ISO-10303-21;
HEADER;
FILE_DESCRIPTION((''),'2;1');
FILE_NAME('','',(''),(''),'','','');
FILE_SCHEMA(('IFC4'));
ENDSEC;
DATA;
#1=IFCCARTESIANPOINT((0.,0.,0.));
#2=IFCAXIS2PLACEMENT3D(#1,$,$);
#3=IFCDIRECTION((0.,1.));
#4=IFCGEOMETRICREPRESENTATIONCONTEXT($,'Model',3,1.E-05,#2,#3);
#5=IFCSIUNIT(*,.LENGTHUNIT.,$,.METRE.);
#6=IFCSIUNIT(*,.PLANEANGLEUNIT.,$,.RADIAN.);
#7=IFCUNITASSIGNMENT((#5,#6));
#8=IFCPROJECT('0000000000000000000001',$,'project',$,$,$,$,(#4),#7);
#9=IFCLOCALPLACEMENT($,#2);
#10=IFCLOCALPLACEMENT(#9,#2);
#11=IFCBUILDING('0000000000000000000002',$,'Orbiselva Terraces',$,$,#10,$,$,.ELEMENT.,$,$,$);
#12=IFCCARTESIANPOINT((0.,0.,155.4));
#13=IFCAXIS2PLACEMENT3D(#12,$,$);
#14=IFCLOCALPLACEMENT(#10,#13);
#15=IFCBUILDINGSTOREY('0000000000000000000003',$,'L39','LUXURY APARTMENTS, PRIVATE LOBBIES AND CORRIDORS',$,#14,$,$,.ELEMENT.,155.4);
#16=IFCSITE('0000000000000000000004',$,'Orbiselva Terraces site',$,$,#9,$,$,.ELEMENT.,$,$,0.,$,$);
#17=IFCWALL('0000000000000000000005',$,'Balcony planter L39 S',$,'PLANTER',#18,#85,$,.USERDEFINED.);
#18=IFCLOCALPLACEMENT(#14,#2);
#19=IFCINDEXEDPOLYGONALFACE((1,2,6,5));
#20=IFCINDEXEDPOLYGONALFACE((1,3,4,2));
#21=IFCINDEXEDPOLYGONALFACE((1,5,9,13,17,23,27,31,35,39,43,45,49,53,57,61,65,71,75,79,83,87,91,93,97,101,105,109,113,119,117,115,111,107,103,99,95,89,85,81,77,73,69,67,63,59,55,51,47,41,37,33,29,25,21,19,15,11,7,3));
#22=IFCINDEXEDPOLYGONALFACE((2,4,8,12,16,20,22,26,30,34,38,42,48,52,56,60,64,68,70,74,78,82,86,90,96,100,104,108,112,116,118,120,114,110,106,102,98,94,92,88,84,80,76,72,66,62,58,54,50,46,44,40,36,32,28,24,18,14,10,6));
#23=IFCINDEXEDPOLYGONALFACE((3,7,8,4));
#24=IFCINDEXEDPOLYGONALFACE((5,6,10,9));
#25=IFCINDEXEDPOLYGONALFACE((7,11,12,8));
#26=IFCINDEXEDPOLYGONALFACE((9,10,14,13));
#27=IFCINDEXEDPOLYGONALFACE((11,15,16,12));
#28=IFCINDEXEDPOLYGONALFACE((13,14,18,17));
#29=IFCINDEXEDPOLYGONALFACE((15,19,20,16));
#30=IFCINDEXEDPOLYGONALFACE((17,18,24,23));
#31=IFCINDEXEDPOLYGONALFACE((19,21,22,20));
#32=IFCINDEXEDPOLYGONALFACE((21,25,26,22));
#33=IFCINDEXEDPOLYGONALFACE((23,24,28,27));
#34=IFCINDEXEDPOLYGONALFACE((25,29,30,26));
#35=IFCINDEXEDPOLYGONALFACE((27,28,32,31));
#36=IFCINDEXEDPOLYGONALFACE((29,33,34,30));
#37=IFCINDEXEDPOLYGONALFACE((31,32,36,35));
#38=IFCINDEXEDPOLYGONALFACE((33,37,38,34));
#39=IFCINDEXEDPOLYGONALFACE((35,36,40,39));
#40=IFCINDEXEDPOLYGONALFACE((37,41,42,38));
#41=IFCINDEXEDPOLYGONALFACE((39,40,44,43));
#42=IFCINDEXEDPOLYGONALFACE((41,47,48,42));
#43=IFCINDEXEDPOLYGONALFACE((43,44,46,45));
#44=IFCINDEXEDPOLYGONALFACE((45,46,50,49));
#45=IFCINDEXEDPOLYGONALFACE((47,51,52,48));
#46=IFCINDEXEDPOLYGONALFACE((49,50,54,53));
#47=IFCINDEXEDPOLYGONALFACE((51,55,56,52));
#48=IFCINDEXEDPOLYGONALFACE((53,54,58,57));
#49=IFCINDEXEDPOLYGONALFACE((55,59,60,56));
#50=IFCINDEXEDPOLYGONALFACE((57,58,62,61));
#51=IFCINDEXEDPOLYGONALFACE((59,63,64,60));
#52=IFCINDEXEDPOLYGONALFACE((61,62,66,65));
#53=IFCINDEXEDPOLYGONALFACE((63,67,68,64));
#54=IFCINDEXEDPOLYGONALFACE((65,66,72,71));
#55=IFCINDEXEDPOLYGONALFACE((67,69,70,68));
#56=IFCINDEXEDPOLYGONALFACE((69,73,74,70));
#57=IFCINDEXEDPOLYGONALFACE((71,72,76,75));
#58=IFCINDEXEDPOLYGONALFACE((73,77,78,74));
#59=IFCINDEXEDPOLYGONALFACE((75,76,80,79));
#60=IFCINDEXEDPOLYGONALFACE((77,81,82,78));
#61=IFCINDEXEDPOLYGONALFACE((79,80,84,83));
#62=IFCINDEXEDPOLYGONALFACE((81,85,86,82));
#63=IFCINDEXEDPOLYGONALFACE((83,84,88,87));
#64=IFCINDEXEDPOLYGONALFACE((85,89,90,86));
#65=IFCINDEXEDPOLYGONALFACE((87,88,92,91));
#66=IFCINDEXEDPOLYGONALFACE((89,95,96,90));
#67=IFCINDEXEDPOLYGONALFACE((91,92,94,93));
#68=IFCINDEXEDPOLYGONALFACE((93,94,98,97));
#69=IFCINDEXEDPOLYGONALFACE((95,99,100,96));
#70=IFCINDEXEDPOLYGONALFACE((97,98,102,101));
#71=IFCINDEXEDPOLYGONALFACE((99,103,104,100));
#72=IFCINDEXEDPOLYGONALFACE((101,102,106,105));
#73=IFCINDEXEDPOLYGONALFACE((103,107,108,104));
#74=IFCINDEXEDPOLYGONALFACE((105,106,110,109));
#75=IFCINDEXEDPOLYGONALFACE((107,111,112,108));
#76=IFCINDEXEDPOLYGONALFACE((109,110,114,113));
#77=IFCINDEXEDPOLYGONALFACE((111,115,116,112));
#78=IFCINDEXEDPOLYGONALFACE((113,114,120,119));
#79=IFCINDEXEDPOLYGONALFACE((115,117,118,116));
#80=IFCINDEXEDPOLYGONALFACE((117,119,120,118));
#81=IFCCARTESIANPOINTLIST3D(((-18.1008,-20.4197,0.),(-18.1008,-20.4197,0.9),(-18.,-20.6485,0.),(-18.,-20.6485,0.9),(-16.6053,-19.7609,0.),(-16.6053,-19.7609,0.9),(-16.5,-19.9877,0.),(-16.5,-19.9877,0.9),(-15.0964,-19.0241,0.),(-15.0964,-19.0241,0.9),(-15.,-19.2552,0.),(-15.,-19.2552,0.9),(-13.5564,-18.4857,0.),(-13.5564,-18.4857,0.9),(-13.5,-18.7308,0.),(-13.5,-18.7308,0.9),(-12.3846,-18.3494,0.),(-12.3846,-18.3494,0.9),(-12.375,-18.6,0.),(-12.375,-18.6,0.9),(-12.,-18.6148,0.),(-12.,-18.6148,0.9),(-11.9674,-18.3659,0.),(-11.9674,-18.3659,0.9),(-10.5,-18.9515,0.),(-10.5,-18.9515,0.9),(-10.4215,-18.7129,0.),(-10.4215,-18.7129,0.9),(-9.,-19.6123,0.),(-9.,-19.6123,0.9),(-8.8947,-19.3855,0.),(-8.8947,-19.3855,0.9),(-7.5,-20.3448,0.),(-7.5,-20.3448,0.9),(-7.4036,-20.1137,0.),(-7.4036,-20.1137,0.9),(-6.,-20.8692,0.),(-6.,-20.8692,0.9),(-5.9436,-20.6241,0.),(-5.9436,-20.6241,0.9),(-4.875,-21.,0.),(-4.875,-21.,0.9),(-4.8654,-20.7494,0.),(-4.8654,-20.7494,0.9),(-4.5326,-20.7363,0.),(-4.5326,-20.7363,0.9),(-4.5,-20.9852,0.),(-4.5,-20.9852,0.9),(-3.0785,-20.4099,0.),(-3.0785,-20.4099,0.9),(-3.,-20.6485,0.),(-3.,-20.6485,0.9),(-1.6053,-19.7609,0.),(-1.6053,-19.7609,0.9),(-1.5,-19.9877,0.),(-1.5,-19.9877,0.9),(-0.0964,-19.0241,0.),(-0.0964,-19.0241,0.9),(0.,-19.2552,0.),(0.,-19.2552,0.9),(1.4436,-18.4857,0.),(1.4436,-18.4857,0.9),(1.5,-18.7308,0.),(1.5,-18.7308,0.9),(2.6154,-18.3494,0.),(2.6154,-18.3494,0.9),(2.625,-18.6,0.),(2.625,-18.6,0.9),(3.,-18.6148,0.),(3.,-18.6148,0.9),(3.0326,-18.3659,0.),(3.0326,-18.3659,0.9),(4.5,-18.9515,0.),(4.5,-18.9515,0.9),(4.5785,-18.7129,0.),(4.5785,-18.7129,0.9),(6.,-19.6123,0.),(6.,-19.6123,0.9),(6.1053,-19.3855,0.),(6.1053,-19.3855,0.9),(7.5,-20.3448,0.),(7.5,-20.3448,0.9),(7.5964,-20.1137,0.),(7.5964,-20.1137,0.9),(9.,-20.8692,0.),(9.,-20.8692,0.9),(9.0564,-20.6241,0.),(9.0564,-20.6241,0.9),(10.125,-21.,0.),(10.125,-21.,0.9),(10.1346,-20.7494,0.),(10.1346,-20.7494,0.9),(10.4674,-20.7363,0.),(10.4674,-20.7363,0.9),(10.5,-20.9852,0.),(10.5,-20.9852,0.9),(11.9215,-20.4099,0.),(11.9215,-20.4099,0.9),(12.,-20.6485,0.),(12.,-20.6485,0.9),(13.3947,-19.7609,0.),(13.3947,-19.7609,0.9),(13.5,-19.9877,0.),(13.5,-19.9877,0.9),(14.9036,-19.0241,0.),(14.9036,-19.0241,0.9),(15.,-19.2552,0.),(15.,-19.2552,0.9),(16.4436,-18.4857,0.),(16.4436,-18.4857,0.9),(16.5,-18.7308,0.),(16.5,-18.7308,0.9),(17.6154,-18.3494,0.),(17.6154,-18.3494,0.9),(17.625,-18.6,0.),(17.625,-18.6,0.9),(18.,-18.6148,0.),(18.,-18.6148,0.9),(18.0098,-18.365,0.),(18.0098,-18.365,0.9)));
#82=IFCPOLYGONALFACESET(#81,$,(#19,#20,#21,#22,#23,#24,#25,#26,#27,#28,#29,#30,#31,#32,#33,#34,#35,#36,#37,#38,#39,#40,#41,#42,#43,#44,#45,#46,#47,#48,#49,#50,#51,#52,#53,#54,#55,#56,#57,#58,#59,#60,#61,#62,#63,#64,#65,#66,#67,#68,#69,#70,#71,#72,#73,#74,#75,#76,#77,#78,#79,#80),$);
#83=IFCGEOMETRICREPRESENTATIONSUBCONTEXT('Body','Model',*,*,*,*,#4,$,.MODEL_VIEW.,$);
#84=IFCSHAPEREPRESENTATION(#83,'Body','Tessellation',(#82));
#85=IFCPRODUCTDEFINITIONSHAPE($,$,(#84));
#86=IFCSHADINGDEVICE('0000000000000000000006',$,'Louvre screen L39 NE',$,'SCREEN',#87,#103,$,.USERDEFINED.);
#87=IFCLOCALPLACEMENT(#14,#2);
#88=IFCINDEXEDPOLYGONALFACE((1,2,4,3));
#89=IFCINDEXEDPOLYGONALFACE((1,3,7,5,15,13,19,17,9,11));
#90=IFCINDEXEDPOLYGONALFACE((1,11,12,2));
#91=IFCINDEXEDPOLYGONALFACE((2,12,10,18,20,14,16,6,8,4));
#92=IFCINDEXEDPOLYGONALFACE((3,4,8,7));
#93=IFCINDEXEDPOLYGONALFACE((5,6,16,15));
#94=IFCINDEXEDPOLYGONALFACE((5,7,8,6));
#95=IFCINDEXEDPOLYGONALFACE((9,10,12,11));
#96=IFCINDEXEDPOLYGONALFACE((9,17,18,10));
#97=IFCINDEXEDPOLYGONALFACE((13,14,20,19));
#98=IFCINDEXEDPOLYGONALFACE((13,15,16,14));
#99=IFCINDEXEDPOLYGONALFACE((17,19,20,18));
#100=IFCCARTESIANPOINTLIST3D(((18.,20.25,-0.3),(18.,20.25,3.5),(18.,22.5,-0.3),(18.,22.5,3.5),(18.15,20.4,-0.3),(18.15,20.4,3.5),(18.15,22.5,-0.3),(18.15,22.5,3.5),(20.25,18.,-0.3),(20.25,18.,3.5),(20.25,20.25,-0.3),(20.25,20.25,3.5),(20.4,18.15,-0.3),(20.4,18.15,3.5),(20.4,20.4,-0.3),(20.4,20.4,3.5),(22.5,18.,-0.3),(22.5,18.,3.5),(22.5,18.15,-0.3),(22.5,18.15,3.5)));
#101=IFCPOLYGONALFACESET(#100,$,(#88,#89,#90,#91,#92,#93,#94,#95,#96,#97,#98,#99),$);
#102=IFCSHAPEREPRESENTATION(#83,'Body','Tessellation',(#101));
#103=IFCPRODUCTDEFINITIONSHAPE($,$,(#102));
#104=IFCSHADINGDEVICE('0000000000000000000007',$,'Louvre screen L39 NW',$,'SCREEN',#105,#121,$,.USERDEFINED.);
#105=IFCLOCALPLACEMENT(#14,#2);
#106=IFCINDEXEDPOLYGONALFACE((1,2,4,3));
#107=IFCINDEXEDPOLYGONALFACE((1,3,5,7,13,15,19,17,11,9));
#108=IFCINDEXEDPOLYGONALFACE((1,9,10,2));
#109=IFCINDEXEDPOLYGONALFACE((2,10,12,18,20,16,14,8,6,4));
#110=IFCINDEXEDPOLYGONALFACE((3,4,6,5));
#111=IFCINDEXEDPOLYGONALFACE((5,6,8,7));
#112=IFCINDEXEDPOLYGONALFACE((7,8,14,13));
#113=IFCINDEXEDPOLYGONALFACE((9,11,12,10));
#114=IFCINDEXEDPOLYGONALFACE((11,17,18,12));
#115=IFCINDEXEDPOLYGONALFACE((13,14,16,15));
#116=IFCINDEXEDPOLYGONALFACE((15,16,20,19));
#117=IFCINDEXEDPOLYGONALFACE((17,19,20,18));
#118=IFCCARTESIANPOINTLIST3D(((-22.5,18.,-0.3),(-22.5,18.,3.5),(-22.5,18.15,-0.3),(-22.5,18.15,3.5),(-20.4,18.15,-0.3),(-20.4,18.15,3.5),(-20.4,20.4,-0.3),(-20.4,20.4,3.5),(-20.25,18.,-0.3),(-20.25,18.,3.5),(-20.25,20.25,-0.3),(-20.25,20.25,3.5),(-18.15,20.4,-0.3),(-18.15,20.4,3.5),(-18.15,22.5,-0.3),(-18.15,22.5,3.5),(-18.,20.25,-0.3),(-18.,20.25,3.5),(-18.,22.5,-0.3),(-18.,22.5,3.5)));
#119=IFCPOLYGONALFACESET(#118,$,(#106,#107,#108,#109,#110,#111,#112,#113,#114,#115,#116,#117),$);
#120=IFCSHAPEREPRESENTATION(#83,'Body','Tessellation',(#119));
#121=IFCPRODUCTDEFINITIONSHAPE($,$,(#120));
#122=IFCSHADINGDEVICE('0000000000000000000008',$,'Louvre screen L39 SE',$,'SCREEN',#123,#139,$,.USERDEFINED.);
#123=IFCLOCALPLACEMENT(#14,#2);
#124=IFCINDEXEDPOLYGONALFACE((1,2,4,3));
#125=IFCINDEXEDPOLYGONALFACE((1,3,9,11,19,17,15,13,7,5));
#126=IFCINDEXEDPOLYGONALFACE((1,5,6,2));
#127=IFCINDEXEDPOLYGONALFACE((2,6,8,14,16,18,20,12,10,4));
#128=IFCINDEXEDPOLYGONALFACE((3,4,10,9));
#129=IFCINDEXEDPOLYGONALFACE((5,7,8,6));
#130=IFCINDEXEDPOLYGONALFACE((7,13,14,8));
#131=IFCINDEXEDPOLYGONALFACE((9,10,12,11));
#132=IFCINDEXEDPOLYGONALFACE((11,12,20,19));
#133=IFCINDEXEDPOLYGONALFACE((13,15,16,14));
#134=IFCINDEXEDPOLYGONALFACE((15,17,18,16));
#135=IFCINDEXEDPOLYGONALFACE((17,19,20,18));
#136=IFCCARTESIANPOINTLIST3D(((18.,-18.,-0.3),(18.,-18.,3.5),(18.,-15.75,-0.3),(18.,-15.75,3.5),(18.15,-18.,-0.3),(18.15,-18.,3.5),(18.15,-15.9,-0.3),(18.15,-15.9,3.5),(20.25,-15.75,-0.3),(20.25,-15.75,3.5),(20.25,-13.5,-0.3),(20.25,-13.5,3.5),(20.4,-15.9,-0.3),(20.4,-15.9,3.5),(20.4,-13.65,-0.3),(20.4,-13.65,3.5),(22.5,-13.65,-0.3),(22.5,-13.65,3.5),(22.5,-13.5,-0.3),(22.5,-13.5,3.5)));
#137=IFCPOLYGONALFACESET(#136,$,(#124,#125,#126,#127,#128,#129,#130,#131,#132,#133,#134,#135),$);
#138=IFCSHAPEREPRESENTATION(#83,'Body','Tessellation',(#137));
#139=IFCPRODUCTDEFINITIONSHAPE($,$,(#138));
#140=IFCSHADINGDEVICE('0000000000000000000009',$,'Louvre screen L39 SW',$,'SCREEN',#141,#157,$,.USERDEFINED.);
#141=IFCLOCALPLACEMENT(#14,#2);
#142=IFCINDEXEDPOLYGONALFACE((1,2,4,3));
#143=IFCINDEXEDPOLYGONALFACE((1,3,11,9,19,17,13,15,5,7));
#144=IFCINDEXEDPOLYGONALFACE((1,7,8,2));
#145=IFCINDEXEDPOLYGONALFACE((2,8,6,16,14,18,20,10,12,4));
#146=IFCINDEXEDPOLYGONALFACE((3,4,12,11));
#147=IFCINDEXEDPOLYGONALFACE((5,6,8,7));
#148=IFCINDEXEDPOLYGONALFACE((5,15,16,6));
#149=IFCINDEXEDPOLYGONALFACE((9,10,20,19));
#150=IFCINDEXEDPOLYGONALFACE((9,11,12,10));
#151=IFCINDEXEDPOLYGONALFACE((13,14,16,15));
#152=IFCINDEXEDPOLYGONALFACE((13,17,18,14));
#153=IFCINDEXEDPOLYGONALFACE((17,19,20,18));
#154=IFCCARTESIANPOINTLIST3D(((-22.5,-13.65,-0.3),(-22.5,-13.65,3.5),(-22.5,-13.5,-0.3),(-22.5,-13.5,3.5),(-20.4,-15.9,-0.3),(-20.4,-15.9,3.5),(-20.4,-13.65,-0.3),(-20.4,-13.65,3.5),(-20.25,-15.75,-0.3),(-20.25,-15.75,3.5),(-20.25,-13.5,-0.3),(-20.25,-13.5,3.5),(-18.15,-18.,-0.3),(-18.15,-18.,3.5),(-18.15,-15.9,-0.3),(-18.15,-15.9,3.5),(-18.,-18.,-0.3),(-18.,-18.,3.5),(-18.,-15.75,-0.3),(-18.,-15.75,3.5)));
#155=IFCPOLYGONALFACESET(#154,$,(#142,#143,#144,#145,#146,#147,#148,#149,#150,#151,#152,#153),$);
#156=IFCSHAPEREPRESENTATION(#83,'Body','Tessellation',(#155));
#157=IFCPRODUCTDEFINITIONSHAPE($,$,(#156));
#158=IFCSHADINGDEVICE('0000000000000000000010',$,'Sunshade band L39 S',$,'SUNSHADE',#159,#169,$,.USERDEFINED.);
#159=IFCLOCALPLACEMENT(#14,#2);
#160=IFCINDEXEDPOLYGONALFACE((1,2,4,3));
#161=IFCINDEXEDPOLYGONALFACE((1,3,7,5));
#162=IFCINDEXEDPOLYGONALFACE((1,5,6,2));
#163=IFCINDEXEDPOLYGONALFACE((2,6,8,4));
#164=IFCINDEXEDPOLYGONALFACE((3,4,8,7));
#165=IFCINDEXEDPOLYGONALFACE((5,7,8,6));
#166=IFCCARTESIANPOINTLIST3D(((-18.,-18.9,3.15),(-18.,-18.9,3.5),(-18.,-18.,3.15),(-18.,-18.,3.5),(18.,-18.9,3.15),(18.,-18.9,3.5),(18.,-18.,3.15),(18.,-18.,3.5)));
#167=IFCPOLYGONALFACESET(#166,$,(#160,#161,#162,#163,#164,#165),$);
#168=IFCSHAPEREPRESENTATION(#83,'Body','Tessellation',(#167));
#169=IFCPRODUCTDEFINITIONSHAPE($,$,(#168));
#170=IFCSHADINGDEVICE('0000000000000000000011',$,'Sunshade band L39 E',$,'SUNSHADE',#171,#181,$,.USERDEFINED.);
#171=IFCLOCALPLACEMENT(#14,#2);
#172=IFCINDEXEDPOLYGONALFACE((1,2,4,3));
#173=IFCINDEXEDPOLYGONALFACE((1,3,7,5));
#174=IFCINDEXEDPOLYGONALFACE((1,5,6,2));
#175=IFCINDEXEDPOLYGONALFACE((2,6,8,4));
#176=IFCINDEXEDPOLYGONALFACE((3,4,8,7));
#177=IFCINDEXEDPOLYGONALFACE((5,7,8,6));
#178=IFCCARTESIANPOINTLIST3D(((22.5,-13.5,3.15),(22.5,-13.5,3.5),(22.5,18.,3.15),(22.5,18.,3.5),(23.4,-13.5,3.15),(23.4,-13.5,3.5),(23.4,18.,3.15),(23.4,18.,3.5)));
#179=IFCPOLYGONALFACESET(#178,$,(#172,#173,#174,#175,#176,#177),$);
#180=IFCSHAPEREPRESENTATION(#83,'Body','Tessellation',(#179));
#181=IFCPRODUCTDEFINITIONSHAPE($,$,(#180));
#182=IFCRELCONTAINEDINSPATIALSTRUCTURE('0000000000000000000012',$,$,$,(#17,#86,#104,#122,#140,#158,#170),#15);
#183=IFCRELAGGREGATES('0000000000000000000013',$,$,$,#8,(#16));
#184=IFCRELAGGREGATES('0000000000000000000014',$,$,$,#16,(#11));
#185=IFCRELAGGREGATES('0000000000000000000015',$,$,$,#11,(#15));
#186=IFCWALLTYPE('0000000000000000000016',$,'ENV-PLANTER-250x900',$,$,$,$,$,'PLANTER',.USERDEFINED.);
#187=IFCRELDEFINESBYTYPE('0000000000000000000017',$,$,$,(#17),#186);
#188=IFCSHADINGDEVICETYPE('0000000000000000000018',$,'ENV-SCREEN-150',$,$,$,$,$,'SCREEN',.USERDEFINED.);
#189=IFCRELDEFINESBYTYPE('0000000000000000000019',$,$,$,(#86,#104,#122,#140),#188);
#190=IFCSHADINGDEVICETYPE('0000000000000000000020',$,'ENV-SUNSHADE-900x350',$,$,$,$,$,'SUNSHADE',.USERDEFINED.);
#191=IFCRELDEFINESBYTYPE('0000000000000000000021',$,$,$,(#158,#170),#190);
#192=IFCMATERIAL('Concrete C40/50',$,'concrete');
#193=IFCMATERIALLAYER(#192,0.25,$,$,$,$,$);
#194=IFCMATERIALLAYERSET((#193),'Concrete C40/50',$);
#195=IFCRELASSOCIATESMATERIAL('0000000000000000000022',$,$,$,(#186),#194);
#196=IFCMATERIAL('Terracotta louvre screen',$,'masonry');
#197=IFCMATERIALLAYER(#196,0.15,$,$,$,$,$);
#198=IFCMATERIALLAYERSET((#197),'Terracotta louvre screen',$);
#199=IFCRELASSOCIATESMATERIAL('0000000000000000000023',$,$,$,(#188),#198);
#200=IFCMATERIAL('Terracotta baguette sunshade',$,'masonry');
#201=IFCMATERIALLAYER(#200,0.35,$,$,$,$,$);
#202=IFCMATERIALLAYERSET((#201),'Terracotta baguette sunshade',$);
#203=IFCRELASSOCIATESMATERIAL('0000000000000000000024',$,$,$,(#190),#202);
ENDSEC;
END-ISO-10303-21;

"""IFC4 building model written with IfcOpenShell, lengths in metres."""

from ifc_helpers import new_model, si_unit, direction, frame, origin, place, context, subcontext, project, spatial, polyline, outline, extrude, material, layer, layer_set, type_object, element, save


model = new_model("IFC4")

# Units and contexts
model_context = context("Model", 3, precision=1e-05, world=origin(), true_north=direction((0.0, 1.0)))
body_context = subcontext(model_context, "Body", "Model", "MODEL_VIEW")
ifc_project = project(units=[si_unit("LENGTHUNIT", "METRE"), si_unit("PLANEANGLEUNIT", "RADIAN")], contexts=[model_context])

# Site, building, storey
site_placement = place(None, origin())
site = spatial("IfcSite", under=ifc_project, at=site_placement, Name="Orbiselva Terraces site", CompositionType="ELEMENT", RefElevation=0.0)
building_placement = place(site_placement, origin())
building = spatial("IfcBuilding", under=site, at=building_placement, Name="Orbiselva Terraces", CompositionType="ELEMENT")
storey_placement = place(building_placement, frame((0.0, 0.0, 155.4)))
storey = spatial("IfcBuildingStorey", under=building, at=storey_placement, Name="L39", Description="LUXURY APARTMENTS, PRIVATE LOBBIES AND CORRIDORS", CompositionType="ELEMENT", Elevation=155.4)

# Wall
ifc_material_1 = material(Name="Concrete C40/50", Category="concrete")
ifc_layer_1 = layer(ifc_material_1, 0.25)
ifc_layer_set_1 = layer_set([ifc_layer_1], Name="Concrete C40/50")
wall_type = type_object("IfcWallType", Name="ENV-PLANTER-250x900", ElementType="PLANTER", PredefinedType="USERDEFINED", material=ifc_layer_set_1)
wall_placement = place(storey_placement, origin())
element("IfcWall", 1, at=wall_placement, inside=storey, type_object=wall_type, Name="Balcony planter L39 S", ObjectType="PLANTER", PredefinedType="USERDEFINED", context=body_context, shape_type="SweptSolid", body=[
    extrude(outline(polyline([(-18.0, -20.6485), (-16.5, -19.9877), (-15.0, -19.2552), (-13.5, -18.7308), (-12.375, -18.6), (-12.0, -18.6148), (-10.5, -18.9515), (-9.0, -19.6123), (-7.5, -20.3448), (-6.0, -20.8692), (-4.875, -21.0), (-4.5, -20.9852), (-3.0, -20.6485), (-1.5, -19.9877), (0.0, -19.2552), (1.5, -18.7308), (2.625, -18.6), (3.0, -18.6148), (4.5, -18.9515), (6.0, -19.6123), (7.5, -20.3448), (9.0, -20.8692), (10.125, -21.0), (10.5, -20.9852), (12.0, -20.6485), (13.5, -19.9877), (15.0, -19.2552), (16.5, -18.7308), (17.625, -18.6), (18.0, -18.6148), (18.0098, -18.365), (17.6154, -18.3494), (16.4436, -18.4857), (14.9036, -19.0241), (13.3947, -19.7609), (11.9215, -20.4099), (10.4674, -20.7363), (10.1346, -20.7494), (9.0564, -20.6241), (7.5964, -20.1137), (6.1053, -19.3855), (4.5785, -18.7129), (3.0326, -18.3659), (2.6154, -18.3494), (1.4436, -18.4857), (-0.0964, -19.0241), (-1.6053, -19.7609), (-3.0785, -20.4099), (-4.5326, -20.7363), (-4.8654, -20.7494), (-5.9436, -20.6241), (-7.4036, -20.1137), (-8.8947, -19.3855), (-10.4215, -18.7129), (-11.9674, -18.3659), (-12.3846, -18.3494), (-13.5564, -18.4857), (-15.0964, -19.0241), (-16.6053, -19.7609), (-18.1008, -20.4197), (-18.0, -20.6485)])), origin(), (0.0, 0.0, 1.0), 0.9),
])

# Shading devices
ifc_material_2 = material(Name="Terracotta louvre screen", Category="masonry")
ifc_layer_2 = layer(ifc_material_2, 0.15)
ifc_layer_set_2 = layer_set([ifc_layer_2], Name="Terracotta louvre screen")
shading_device_type_1 = type_object("IfcShadingDeviceType", Name="ENV-SCREEN-150", ElementType="SCREEN", PredefinedType="USERDEFINED", material=ifc_layer_set_2)
shading_device_1_placement = place(storey_placement, frame((0.0, 0.0, -0.3)))
element("IfcShadingDevice", 2, at=shading_device_1_placement, inside=storey, type_object=shading_device_type_1, Name="Louvre screen L39 NE", ObjectType="SCREEN", PredefinedType="USERDEFINED", context=body_context, shape_type="SweptSolid", body=[
    extrude(outline(polyline([(22.5, 18.15), (20.4, 18.15), (20.4, 20.4), (18.15, 20.4), (18.15, 22.5), (18.0, 22.5), (18.0, 20.25), (20.25, 20.25), (20.25, 18.0), (22.5, 18.0), (22.5, 18.15)])), origin(), (0.0, 0.0, 1.0), 3.8),
])
shading_device_2_placement = place(storey_placement, frame((0.0, 0.0, -0.3)))
element("IfcShadingDevice", 3, at=shading_device_2_placement, inside=storey, type_object=shading_device_type_1, Name="Louvre screen L39 NW", ObjectType="SCREEN", PredefinedType="USERDEFINED", context=body_context, shape_type="SweptSolid", body=[
    extrude(outline(polyline([(-18.15, 22.5), (-18.15, 20.4), (-20.4, 20.4), (-20.4, 18.15), (-22.5, 18.15), (-22.5, 18.0), (-20.25, 18.0), (-20.25, 20.25), (-18.0, 20.25), (-18.0, 22.5), (-18.15, 22.5)])), origin(), (0.0, 0.0, 1.0), 3.8),
])
shading_device_3_placement = place(storey_placement, frame((0.0, 0.0, -0.3)))
element("IfcShadingDevice", 4, at=shading_device_3_placement, inside=storey, type_object=shading_device_type_1, Name="Louvre screen L39 SE", ObjectType="SCREEN", PredefinedType="USERDEFINED", context=body_context, shape_type="SweptSolid", body=[
    extrude(outline(polyline([(18.15, -18.0), (18.15, -15.9), (20.4, -15.9), (20.4, -13.65), (22.5, -13.65), (22.5, -13.5), (20.25, -13.5), (20.25, -15.75), (18.0, -15.75), (18.0, -18.0), (18.15, -18.0)])), origin(), (0.0, 0.0, 1.0), 3.8),
])
shading_device_4_placement = place(storey_placement, frame((0.0, 0.0, -0.3)))
element("IfcShadingDevice", 5, at=shading_device_4_placement, inside=storey, type_object=shading_device_type_1, Name="Louvre screen L39 SW", ObjectType="SCREEN", PredefinedType="USERDEFINED", context=body_context, shape_type="SweptSolid", body=[
    extrude(outline(polyline([(-22.5, -13.65), (-20.4, -13.65), (-20.4, -15.9), (-18.15, -15.9), (-18.15, -18.0), (-18.0, -18.0), (-18.0, -15.75), (-20.25, -15.75), (-20.25, -13.5), (-22.5, -13.5), (-22.5, -13.65)])), origin(), (0.0, 0.0, 1.0), 3.8),
])
ifc_material_3 = material(Name="Terracotta baguette sunshade", Category="masonry")
ifc_layer_3 = layer(ifc_material_3, 0.35)
ifc_layer_set_3 = layer_set([ifc_layer_3], Name="Terracotta baguette sunshade")
shading_device_type_2 = type_object("IfcShadingDeviceType", Name="ENV-SUNSHADE-900x350", ElementType="SUNSHADE", PredefinedType="USERDEFINED", material=ifc_layer_set_3)
shading_device_5_placement = place(storey_placement, frame((0.0, 0.0, 3.15)))
element("IfcShadingDevice", 6, at=shading_device_5_placement, inside=storey, type_object=shading_device_type_2, Name="Sunshade band L39 S", ObjectType="SUNSHADE", PredefinedType="USERDEFINED", context=body_context, shape_type="SweptSolid", body=[
    extrude(outline(polyline([(-18.0, -18.9), (18.0, -18.9), (18.0, -18.0), (-18.0, -18.0), (-18.0, -18.9)])), origin(), (0.0, 0.0, 1.0), 0.35),
])
shading_device_6_placement = place(storey_placement, frame((0.0, 0.0, 3.15)))
element("IfcShadingDevice", 7, at=shading_device_6_placement, inside=storey, type_object=shading_device_type_2, Name="Sunshade band L39 E", ObjectType="SUNSHADE", PredefinedType="USERDEFINED", context=body_context, shape_type="SweptSolid", body=[
    extrude(outline(polyline([(23.4, -13.5), (23.4, 18.0), (22.5, 18.0), (22.5, -13.5), (23.4, -13.5)])), origin(), (0.0, 0.0, 1.0), 0.35),
])

save(model, "model.ifc")
